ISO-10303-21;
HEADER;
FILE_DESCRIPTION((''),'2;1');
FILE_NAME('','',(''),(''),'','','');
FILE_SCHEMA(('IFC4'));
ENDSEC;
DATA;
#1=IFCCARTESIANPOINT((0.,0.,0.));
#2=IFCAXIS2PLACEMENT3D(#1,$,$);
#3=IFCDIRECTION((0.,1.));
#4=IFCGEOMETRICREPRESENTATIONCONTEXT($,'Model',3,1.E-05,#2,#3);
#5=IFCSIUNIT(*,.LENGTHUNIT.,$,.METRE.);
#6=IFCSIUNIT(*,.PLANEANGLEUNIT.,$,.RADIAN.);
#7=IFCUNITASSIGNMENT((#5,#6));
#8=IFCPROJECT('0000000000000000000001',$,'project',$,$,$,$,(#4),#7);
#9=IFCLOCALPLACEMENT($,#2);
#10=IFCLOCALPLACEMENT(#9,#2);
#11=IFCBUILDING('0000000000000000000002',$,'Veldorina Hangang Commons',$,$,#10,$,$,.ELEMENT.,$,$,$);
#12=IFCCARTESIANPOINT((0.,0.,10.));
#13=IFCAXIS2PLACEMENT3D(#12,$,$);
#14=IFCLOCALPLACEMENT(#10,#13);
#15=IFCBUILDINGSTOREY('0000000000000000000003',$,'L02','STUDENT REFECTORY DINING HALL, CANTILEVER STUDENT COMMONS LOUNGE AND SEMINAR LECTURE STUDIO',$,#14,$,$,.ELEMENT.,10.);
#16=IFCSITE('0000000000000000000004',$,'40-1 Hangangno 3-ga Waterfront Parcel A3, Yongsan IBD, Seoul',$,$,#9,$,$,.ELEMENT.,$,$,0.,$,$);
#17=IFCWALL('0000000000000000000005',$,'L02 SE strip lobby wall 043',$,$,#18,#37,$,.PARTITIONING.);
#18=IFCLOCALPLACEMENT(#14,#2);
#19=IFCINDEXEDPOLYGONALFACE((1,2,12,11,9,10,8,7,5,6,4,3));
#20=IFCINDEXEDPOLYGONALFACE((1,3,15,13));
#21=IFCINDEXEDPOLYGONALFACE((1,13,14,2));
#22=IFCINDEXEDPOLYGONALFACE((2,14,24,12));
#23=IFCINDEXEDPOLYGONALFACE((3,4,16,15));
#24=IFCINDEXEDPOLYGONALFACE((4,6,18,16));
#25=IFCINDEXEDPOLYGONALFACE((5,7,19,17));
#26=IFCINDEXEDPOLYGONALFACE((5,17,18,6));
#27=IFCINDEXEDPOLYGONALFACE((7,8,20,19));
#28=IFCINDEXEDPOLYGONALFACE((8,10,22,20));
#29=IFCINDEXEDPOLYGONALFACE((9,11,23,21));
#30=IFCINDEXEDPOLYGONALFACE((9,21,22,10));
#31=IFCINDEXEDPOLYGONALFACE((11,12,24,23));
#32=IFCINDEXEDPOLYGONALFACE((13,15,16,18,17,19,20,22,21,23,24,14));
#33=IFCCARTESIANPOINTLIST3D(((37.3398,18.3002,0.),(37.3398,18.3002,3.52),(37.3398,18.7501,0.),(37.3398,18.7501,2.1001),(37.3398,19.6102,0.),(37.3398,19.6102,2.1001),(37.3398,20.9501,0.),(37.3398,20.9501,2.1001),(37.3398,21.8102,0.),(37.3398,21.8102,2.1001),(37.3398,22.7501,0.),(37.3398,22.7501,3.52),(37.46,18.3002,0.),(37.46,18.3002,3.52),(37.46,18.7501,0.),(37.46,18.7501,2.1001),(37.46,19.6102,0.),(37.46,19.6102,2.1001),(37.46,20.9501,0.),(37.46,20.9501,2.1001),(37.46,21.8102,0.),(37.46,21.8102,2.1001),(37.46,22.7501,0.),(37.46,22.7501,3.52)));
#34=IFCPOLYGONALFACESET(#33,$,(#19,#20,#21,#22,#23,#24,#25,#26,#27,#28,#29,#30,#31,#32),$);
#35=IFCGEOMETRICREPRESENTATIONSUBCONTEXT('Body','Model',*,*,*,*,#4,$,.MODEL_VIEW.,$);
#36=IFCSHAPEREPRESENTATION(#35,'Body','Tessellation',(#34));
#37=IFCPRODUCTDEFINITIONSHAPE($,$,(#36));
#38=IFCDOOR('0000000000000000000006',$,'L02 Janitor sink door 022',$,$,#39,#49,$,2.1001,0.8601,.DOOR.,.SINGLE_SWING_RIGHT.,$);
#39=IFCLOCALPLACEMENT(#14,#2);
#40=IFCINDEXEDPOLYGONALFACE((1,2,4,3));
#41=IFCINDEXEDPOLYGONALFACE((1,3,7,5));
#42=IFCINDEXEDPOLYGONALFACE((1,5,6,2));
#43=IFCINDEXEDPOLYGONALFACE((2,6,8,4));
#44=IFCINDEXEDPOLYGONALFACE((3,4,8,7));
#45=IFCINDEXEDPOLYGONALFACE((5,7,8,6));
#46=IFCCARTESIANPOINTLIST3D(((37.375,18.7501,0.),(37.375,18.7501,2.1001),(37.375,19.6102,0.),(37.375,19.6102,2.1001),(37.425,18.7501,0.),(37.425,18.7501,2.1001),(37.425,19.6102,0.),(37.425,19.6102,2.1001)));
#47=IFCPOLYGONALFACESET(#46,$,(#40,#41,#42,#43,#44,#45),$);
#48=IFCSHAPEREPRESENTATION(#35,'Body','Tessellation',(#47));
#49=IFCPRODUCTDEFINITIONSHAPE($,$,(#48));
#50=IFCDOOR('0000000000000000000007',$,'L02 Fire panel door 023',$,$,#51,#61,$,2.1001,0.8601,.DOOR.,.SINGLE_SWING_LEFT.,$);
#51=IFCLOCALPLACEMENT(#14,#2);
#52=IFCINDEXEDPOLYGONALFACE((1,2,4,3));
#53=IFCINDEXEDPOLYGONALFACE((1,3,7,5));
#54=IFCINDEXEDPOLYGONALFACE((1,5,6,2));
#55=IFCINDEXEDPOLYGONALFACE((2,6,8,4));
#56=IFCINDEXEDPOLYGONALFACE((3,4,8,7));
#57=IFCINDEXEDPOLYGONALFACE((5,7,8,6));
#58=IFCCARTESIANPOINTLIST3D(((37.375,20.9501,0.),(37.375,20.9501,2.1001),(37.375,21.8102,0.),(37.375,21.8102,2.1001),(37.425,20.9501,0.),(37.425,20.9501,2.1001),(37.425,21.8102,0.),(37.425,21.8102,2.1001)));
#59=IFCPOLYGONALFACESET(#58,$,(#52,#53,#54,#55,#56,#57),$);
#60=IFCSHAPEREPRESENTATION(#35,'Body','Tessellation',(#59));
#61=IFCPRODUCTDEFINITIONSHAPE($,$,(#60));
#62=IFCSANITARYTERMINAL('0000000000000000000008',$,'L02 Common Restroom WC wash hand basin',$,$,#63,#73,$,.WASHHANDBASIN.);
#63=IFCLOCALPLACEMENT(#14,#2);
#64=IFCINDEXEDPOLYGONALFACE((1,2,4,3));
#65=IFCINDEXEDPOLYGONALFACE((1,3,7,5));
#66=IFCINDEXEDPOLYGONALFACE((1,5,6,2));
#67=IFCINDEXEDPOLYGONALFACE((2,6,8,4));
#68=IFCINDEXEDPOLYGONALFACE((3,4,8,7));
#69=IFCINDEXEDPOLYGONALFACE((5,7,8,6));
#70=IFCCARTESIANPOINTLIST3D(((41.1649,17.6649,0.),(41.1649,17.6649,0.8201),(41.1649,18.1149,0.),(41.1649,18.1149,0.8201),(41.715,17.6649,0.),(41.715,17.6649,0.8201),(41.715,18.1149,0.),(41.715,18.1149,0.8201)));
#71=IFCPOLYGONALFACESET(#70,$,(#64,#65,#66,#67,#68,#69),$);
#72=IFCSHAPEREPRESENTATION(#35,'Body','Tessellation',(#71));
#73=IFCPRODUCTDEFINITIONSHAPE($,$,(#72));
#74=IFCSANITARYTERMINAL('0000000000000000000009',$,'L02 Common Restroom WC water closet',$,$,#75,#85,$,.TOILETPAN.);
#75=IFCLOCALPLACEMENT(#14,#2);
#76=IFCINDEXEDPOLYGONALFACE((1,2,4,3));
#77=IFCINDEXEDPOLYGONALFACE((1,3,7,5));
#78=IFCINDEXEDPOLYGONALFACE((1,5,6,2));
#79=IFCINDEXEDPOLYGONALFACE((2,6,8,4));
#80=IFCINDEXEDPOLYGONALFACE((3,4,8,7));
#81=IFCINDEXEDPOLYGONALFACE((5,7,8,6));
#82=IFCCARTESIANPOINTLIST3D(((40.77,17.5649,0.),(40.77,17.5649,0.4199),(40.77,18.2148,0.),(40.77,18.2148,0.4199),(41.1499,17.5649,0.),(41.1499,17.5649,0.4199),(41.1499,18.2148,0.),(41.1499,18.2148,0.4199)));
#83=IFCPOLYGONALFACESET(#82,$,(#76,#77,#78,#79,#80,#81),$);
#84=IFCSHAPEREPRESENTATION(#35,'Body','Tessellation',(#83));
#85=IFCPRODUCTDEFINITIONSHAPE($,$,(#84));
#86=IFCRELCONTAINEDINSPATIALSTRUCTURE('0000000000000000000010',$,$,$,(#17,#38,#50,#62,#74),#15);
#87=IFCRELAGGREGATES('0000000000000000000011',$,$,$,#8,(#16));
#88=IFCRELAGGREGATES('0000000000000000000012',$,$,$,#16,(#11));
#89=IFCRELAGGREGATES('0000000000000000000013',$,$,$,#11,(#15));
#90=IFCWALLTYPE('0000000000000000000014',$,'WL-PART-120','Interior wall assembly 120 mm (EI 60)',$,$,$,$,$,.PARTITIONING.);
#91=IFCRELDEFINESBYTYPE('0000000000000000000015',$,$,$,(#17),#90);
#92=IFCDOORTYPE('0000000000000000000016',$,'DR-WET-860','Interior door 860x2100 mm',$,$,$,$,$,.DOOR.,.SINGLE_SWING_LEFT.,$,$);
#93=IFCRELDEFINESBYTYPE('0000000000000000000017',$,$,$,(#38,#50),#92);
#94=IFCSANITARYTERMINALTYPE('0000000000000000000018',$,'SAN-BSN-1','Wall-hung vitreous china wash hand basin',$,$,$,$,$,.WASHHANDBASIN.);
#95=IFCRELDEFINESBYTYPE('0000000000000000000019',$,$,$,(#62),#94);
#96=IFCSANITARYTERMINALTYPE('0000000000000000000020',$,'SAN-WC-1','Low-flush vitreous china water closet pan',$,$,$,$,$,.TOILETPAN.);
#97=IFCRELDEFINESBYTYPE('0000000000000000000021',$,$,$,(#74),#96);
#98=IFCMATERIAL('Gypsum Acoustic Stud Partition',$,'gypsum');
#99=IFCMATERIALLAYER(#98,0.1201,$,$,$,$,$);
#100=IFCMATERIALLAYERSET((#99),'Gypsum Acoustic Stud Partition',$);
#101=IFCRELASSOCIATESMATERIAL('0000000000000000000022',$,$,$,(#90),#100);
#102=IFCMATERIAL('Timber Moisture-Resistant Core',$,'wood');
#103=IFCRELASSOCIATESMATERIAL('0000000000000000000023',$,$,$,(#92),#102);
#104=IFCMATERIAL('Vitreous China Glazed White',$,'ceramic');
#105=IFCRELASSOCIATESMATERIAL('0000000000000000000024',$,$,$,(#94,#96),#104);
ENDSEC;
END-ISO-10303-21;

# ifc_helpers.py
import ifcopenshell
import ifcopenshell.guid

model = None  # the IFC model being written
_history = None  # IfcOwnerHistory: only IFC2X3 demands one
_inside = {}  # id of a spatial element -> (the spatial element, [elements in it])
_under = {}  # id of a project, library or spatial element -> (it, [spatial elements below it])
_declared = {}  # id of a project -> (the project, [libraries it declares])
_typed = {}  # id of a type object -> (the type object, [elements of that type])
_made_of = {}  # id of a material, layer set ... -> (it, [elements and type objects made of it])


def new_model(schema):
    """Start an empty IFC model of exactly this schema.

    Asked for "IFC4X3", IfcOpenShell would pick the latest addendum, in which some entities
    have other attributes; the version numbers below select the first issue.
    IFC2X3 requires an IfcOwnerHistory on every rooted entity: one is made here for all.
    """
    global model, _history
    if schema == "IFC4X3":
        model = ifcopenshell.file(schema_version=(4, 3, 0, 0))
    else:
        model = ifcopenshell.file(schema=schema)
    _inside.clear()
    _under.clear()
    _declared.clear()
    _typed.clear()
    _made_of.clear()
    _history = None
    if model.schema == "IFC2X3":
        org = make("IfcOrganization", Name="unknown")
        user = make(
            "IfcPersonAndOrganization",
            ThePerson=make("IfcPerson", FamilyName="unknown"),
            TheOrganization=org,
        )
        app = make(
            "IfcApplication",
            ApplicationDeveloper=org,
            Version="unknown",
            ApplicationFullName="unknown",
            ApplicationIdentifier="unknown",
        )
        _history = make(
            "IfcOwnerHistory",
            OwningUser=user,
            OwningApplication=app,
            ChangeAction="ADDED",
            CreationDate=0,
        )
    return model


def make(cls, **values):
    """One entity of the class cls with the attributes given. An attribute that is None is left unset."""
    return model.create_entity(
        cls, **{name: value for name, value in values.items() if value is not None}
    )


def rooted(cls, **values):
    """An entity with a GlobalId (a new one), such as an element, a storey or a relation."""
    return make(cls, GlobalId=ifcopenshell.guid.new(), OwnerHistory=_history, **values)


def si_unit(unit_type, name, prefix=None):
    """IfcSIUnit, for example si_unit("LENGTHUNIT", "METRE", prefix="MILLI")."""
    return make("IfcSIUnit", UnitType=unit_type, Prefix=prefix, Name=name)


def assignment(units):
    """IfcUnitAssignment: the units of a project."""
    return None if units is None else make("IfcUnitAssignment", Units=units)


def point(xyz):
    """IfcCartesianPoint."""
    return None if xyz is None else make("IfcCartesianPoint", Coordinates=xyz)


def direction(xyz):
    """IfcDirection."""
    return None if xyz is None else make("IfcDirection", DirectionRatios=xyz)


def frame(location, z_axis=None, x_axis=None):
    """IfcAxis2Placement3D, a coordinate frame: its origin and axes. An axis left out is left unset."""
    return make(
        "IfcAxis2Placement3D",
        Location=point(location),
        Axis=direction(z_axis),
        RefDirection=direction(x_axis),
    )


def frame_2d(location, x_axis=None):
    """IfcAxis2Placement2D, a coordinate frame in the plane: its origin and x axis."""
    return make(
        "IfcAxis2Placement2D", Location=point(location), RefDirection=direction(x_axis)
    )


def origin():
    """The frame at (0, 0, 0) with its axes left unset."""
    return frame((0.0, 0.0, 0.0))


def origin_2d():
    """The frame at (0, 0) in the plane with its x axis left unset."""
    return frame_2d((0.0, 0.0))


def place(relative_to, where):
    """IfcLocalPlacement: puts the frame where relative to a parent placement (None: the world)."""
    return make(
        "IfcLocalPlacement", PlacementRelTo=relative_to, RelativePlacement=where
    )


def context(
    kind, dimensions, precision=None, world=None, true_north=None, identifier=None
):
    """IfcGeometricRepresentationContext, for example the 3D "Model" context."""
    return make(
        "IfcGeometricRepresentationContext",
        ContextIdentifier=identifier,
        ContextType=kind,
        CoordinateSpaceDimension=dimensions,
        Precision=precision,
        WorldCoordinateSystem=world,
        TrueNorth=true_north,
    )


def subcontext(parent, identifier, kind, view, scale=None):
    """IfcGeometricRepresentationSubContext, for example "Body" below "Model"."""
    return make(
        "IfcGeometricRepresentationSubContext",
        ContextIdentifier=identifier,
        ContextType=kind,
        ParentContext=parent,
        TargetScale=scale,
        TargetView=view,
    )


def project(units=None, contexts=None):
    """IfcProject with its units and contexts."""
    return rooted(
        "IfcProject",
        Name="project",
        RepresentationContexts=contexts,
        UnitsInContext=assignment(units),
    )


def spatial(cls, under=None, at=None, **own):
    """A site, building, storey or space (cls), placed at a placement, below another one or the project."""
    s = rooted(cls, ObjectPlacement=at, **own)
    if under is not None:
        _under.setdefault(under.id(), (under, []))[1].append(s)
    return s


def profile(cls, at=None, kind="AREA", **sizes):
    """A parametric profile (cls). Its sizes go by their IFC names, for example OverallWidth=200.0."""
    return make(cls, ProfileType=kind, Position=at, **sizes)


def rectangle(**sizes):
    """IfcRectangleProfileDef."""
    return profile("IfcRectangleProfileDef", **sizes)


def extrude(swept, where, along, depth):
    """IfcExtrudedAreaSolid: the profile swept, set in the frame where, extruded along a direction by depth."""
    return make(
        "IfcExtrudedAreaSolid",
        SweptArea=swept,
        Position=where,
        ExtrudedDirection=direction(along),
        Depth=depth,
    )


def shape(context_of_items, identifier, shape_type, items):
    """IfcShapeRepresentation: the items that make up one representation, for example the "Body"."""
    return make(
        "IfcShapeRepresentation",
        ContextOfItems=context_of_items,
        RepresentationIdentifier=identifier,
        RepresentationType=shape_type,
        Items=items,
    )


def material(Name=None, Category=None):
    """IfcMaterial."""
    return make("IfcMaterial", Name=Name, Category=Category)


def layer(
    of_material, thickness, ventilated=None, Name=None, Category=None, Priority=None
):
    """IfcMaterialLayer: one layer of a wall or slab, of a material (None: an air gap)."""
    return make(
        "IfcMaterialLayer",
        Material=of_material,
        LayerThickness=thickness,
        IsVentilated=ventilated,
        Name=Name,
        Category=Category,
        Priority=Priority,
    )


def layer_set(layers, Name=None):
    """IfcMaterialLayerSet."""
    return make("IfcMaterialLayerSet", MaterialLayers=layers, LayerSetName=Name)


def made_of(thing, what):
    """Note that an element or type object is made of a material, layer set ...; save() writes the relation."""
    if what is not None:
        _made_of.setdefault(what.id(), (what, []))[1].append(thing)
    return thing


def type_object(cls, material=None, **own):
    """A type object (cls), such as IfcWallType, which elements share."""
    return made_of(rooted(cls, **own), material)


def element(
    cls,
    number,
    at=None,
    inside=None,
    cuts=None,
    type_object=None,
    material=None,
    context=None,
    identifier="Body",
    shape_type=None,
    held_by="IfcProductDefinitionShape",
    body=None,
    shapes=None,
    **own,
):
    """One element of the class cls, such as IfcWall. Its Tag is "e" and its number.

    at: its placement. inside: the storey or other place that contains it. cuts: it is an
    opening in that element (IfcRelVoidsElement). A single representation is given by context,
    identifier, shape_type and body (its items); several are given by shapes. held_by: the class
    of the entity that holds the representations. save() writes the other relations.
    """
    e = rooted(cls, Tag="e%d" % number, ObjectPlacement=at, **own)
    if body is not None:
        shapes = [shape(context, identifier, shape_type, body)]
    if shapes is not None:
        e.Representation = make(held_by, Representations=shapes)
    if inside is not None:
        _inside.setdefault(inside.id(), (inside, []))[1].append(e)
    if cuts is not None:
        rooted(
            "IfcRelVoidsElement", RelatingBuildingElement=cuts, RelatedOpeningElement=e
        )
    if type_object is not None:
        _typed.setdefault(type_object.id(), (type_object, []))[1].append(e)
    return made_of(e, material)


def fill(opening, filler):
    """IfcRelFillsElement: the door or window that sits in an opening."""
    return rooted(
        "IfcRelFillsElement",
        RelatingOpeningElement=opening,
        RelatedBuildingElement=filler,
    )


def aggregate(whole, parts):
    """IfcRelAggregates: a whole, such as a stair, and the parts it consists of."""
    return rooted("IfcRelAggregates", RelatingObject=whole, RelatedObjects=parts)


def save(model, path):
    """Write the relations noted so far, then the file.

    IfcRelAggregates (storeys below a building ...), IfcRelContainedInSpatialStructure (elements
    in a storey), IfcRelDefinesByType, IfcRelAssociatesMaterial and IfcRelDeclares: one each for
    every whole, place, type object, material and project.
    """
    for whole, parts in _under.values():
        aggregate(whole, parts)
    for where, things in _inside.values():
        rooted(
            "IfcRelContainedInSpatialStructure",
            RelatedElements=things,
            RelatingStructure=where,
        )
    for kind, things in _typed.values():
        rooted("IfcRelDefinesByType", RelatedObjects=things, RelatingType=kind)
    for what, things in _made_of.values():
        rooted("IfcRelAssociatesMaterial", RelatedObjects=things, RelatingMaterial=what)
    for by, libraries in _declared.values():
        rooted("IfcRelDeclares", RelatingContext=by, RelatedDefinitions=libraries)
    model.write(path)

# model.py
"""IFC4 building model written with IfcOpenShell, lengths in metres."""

from ifc_helpers import new_model, si_unit, direction, frame, frame_2d, origin, origin_2d, place, context, subcontext, project, spatial, rectangle, extrude, material, layer, layer_set, type_object, element, fill, save


model = new_model("IFC4")

# Units and contexts
model_context = context("Model", 3, precision=1e-05, world=origin(), true_north=direction((0.0, 1.0)))
body_context = subcontext(model_context, "Body", "Model", "MODEL_VIEW")
ifc_project = project(units=[si_unit("LENGTHUNIT", "METRE"), si_unit("PLANEANGLEUNIT", "RADIAN")], contexts=[model_context])

# Site, building, storey
site_placement = place(None, origin())
site = spatial("IfcSite", under=ifc_project, at=site_placement, Name="40-1 Hangangno 3-ga Waterfront Parcel A3, Yongsan IBD, Seoul", CompositionType="ELEMENT", RefElevation=0.0)
building_placement = place(site_placement, origin())
building = spatial("IfcBuilding", under=site, at=building_placement, Name="Veldorina Hangang Commons", CompositionType="ELEMENT")
storey_placement = place(building_placement, frame((0.0, 0.0, 10.0)))
storey = spatial("IfcBuildingStorey", under=building, at=storey_placement, Name="L02", Description="STUDENT REFECTORY DINING HALL, CANTILEVER STUDENT COMMONS LOUNGE AND SEMINAR LECTURE STUDIO", CompositionType="ELEMENT", Elevation=10.0)

# Wall, openings, doors
ifc_material_1 = material(Name="Gypsum Acoustic Stud Partition", Category="gypsum")
ifc_layer_1 = layer(ifc_material_1, 0.1201)
ifc_layer_set_1 = layer_set([ifc_layer_1], Name="Gypsum Acoustic Stud Partition")
wall_type_1 = type_object("IfcWallType", Name="WL-PART-120", Description="Interior wall assembly 120 mm (EI 60)", PredefinedType="PARTITIONING", material=ifc_layer_set_1)
wall_1_placement = place(storey_placement, frame((37.3999, 18.3, 0.0), z_axis=(0.0, 0.0, 1.0), x_axis=(0.0, 1.0, 0.0)))
wall_1 = element("IfcWall", 1, at=wall_1_placement, inside=storey, type_object=wall_type_1, Name="L02 SE strip lobby wall 043", PredefinedType="PARTITIONING", context=body_context, shape_type="SweptSolid", body=[
    extrude(rectangle(XDim=4.45, YDim=0.1201, at=frame_2d((2.2251, 0.0))), origin(), (0.0, 0.0, 1.0), 3.52),
])
opening_1_placement = place(wall_1_placement, frame((0.45, 0.0, 0.0)))
opening_1 = element("IfcOpeningElement", 2, at=opening_1_placement, cuts=wall_1, PredefinedType="OPENING", context=body_context, shape_type="SweptSolid", body=[
    extrude(rectangle(XDim=0.8601, YDim=2.1001, at=frame_2d((0.4302, 1.05))), frame((0.0, 0.0701, 0.0), z_axis=(0.0, -1.0, 0.0), x_axis=(1.0, 0.0, 0.0)), (0.0, 0.0, 1.0), 0.1401),
])
opening_2_placement = place(wall_1_placement, frame((2.6499, 0.0, 0.0)))
opening_2 = element("IfcOpeningElement", 3, at=opening_2_placement, cuts=wall_1, PredefinedType="OPENING", context=body_context, shape_type="SweptSolid", body=[
    extrude(rectangle(XDim=0.8601, YDim=2.1001, at=frame_2d((0.4302, 1.05))), frame((0.0, 0.0701, 0.0), z_axis=(0.0, -1.0, 0.0), x_axis=(1.0, 0.0, 0.0)), (0.0, 0.0, 1.0), 0.1401),
])
ifc_material_2 = material(Name="Timber Moisture-Resistant Core", Category="wood")
door_type_1 = type_object("IfcDoorType", Name="DR-WET-860", Description="Interior door 860x2100 mm", OperationType="SINGLE_SWING_LEFT", PredefinedType="DOOR", material=ifc_material_2)
door_1_placement = place(opening_1_placement, origin())
door_1 = element("IfcDoor", 4, at=door_1_placement, inside=storey, type_object=door_type_1, Name="L02 Janitor sink door 022", OperationType="SINGLE_SWING_RIGHT", OverallHeight=2.1001, OverallWidth=0.8601, PredefinedType="DOOR", context=body_context, shape_type="SweptSolid", body=[
    extrude(rectangle(XDim=0.8601, YDim=2.1001, at=frame_2d((0.4302, 1.05))), frame((0.0, 0.0249, 0.0), z_axis=(0.0, -1.0, 0.0), x_axis=(1.0, 0.0, 0.0)), (0.0, 0.0, 1.0), 0.05),
])
fill(opening_1, door_1)
door_2_placement = place(opening_2_placement, origin())
door_2 = element("IfcDoor", 5, at=door_2_placement, inside=storey, type_object=door_type_1, Name="L02 Fire panel door 023", OperationType="SINGLE_SWING_LEFT", OverallHeight=2.1001, OverallWidth=0.8601, PredefinedType="DOOR", context=body_context, shape_type="SweptSolid", body=[
    extrude(rectangle(XDim=0.8601, YDim=2.1001, at=frame_2d((0.4302, 1.05))), frame((0.0, 0.0249, 0.0), z_axis=(0.0, -1.0, 0.0), x_axis=(1.0, 0.0, 0.0)), (0.0, 0.0, 1.0), 0.05),
])
fill(opening_2, door_2)

# Sanitary terminals
ifc_material_3 = material(Name="Vitreous China Glazed White", Category="ceramic")
sanitary_terminal_type_1 = type_object("IfcSanitaryTerminalType", Name="SAN-BSN-1", Description="Wall-hung vitreous china wash hand basin", PredefinedType="WASHHANDBASIN", material=ifc_material_3)
sanitary_terminal_1_placement = place(storey_placement, frame((41.4399, 17.8899, 0.0), z_axis=(0.0, 0.0, 1.0), x_axis=(1.0, 0.0, 0.0)))
element("IfcSanitaryTerminal", 6, at=sanitary_terminal_1_placement, inside=storey, type_object=sanitary_terminal_type_1, Name="L02 Common Restroom WC wash hand basin", PredefinedType="WASHHANDBASIN", context=body_context, shape_type="SweptSolid", body=[
    extrude(rectangle(XDim=0.55, YDim=0.45, at=origin_2d()), origin(), (0.0, 0.0, 1.0), 0.8201),
])
sanitary_terminal_type_2 = type_object("IfcSanitaryTerminalType", Name="SAN-WC-1", Description="Low-flush vitreous china water closet pan", PredefinedType="TOILETPAN", material=ifc_material_3)
sanitary_terminal_2_placement = place(storey_placement, frame((40.96, 17.8899, 0.0), z_axis=(0.0, 0.0, 1.0), x_axis=(1.0, 0.0, 0.0)))
element("IfcSanitaryTerminal", 7, at=sanitary_terminal_2_placement, inside=storey, type_object=sanitary_terminal_type_2, Name="L02 Common Restroom WC water closet", PredefinedType="TOILETPAN", context=body_context, shape_type="SweptSolid", body=[
    extrude(rectangle(XDim=0.3799, YDim=0.6499, at=origin_2d()), origin(), (0.0, 0.0, 1.0), 0.4199),
])

save(model, "model.ifc")
